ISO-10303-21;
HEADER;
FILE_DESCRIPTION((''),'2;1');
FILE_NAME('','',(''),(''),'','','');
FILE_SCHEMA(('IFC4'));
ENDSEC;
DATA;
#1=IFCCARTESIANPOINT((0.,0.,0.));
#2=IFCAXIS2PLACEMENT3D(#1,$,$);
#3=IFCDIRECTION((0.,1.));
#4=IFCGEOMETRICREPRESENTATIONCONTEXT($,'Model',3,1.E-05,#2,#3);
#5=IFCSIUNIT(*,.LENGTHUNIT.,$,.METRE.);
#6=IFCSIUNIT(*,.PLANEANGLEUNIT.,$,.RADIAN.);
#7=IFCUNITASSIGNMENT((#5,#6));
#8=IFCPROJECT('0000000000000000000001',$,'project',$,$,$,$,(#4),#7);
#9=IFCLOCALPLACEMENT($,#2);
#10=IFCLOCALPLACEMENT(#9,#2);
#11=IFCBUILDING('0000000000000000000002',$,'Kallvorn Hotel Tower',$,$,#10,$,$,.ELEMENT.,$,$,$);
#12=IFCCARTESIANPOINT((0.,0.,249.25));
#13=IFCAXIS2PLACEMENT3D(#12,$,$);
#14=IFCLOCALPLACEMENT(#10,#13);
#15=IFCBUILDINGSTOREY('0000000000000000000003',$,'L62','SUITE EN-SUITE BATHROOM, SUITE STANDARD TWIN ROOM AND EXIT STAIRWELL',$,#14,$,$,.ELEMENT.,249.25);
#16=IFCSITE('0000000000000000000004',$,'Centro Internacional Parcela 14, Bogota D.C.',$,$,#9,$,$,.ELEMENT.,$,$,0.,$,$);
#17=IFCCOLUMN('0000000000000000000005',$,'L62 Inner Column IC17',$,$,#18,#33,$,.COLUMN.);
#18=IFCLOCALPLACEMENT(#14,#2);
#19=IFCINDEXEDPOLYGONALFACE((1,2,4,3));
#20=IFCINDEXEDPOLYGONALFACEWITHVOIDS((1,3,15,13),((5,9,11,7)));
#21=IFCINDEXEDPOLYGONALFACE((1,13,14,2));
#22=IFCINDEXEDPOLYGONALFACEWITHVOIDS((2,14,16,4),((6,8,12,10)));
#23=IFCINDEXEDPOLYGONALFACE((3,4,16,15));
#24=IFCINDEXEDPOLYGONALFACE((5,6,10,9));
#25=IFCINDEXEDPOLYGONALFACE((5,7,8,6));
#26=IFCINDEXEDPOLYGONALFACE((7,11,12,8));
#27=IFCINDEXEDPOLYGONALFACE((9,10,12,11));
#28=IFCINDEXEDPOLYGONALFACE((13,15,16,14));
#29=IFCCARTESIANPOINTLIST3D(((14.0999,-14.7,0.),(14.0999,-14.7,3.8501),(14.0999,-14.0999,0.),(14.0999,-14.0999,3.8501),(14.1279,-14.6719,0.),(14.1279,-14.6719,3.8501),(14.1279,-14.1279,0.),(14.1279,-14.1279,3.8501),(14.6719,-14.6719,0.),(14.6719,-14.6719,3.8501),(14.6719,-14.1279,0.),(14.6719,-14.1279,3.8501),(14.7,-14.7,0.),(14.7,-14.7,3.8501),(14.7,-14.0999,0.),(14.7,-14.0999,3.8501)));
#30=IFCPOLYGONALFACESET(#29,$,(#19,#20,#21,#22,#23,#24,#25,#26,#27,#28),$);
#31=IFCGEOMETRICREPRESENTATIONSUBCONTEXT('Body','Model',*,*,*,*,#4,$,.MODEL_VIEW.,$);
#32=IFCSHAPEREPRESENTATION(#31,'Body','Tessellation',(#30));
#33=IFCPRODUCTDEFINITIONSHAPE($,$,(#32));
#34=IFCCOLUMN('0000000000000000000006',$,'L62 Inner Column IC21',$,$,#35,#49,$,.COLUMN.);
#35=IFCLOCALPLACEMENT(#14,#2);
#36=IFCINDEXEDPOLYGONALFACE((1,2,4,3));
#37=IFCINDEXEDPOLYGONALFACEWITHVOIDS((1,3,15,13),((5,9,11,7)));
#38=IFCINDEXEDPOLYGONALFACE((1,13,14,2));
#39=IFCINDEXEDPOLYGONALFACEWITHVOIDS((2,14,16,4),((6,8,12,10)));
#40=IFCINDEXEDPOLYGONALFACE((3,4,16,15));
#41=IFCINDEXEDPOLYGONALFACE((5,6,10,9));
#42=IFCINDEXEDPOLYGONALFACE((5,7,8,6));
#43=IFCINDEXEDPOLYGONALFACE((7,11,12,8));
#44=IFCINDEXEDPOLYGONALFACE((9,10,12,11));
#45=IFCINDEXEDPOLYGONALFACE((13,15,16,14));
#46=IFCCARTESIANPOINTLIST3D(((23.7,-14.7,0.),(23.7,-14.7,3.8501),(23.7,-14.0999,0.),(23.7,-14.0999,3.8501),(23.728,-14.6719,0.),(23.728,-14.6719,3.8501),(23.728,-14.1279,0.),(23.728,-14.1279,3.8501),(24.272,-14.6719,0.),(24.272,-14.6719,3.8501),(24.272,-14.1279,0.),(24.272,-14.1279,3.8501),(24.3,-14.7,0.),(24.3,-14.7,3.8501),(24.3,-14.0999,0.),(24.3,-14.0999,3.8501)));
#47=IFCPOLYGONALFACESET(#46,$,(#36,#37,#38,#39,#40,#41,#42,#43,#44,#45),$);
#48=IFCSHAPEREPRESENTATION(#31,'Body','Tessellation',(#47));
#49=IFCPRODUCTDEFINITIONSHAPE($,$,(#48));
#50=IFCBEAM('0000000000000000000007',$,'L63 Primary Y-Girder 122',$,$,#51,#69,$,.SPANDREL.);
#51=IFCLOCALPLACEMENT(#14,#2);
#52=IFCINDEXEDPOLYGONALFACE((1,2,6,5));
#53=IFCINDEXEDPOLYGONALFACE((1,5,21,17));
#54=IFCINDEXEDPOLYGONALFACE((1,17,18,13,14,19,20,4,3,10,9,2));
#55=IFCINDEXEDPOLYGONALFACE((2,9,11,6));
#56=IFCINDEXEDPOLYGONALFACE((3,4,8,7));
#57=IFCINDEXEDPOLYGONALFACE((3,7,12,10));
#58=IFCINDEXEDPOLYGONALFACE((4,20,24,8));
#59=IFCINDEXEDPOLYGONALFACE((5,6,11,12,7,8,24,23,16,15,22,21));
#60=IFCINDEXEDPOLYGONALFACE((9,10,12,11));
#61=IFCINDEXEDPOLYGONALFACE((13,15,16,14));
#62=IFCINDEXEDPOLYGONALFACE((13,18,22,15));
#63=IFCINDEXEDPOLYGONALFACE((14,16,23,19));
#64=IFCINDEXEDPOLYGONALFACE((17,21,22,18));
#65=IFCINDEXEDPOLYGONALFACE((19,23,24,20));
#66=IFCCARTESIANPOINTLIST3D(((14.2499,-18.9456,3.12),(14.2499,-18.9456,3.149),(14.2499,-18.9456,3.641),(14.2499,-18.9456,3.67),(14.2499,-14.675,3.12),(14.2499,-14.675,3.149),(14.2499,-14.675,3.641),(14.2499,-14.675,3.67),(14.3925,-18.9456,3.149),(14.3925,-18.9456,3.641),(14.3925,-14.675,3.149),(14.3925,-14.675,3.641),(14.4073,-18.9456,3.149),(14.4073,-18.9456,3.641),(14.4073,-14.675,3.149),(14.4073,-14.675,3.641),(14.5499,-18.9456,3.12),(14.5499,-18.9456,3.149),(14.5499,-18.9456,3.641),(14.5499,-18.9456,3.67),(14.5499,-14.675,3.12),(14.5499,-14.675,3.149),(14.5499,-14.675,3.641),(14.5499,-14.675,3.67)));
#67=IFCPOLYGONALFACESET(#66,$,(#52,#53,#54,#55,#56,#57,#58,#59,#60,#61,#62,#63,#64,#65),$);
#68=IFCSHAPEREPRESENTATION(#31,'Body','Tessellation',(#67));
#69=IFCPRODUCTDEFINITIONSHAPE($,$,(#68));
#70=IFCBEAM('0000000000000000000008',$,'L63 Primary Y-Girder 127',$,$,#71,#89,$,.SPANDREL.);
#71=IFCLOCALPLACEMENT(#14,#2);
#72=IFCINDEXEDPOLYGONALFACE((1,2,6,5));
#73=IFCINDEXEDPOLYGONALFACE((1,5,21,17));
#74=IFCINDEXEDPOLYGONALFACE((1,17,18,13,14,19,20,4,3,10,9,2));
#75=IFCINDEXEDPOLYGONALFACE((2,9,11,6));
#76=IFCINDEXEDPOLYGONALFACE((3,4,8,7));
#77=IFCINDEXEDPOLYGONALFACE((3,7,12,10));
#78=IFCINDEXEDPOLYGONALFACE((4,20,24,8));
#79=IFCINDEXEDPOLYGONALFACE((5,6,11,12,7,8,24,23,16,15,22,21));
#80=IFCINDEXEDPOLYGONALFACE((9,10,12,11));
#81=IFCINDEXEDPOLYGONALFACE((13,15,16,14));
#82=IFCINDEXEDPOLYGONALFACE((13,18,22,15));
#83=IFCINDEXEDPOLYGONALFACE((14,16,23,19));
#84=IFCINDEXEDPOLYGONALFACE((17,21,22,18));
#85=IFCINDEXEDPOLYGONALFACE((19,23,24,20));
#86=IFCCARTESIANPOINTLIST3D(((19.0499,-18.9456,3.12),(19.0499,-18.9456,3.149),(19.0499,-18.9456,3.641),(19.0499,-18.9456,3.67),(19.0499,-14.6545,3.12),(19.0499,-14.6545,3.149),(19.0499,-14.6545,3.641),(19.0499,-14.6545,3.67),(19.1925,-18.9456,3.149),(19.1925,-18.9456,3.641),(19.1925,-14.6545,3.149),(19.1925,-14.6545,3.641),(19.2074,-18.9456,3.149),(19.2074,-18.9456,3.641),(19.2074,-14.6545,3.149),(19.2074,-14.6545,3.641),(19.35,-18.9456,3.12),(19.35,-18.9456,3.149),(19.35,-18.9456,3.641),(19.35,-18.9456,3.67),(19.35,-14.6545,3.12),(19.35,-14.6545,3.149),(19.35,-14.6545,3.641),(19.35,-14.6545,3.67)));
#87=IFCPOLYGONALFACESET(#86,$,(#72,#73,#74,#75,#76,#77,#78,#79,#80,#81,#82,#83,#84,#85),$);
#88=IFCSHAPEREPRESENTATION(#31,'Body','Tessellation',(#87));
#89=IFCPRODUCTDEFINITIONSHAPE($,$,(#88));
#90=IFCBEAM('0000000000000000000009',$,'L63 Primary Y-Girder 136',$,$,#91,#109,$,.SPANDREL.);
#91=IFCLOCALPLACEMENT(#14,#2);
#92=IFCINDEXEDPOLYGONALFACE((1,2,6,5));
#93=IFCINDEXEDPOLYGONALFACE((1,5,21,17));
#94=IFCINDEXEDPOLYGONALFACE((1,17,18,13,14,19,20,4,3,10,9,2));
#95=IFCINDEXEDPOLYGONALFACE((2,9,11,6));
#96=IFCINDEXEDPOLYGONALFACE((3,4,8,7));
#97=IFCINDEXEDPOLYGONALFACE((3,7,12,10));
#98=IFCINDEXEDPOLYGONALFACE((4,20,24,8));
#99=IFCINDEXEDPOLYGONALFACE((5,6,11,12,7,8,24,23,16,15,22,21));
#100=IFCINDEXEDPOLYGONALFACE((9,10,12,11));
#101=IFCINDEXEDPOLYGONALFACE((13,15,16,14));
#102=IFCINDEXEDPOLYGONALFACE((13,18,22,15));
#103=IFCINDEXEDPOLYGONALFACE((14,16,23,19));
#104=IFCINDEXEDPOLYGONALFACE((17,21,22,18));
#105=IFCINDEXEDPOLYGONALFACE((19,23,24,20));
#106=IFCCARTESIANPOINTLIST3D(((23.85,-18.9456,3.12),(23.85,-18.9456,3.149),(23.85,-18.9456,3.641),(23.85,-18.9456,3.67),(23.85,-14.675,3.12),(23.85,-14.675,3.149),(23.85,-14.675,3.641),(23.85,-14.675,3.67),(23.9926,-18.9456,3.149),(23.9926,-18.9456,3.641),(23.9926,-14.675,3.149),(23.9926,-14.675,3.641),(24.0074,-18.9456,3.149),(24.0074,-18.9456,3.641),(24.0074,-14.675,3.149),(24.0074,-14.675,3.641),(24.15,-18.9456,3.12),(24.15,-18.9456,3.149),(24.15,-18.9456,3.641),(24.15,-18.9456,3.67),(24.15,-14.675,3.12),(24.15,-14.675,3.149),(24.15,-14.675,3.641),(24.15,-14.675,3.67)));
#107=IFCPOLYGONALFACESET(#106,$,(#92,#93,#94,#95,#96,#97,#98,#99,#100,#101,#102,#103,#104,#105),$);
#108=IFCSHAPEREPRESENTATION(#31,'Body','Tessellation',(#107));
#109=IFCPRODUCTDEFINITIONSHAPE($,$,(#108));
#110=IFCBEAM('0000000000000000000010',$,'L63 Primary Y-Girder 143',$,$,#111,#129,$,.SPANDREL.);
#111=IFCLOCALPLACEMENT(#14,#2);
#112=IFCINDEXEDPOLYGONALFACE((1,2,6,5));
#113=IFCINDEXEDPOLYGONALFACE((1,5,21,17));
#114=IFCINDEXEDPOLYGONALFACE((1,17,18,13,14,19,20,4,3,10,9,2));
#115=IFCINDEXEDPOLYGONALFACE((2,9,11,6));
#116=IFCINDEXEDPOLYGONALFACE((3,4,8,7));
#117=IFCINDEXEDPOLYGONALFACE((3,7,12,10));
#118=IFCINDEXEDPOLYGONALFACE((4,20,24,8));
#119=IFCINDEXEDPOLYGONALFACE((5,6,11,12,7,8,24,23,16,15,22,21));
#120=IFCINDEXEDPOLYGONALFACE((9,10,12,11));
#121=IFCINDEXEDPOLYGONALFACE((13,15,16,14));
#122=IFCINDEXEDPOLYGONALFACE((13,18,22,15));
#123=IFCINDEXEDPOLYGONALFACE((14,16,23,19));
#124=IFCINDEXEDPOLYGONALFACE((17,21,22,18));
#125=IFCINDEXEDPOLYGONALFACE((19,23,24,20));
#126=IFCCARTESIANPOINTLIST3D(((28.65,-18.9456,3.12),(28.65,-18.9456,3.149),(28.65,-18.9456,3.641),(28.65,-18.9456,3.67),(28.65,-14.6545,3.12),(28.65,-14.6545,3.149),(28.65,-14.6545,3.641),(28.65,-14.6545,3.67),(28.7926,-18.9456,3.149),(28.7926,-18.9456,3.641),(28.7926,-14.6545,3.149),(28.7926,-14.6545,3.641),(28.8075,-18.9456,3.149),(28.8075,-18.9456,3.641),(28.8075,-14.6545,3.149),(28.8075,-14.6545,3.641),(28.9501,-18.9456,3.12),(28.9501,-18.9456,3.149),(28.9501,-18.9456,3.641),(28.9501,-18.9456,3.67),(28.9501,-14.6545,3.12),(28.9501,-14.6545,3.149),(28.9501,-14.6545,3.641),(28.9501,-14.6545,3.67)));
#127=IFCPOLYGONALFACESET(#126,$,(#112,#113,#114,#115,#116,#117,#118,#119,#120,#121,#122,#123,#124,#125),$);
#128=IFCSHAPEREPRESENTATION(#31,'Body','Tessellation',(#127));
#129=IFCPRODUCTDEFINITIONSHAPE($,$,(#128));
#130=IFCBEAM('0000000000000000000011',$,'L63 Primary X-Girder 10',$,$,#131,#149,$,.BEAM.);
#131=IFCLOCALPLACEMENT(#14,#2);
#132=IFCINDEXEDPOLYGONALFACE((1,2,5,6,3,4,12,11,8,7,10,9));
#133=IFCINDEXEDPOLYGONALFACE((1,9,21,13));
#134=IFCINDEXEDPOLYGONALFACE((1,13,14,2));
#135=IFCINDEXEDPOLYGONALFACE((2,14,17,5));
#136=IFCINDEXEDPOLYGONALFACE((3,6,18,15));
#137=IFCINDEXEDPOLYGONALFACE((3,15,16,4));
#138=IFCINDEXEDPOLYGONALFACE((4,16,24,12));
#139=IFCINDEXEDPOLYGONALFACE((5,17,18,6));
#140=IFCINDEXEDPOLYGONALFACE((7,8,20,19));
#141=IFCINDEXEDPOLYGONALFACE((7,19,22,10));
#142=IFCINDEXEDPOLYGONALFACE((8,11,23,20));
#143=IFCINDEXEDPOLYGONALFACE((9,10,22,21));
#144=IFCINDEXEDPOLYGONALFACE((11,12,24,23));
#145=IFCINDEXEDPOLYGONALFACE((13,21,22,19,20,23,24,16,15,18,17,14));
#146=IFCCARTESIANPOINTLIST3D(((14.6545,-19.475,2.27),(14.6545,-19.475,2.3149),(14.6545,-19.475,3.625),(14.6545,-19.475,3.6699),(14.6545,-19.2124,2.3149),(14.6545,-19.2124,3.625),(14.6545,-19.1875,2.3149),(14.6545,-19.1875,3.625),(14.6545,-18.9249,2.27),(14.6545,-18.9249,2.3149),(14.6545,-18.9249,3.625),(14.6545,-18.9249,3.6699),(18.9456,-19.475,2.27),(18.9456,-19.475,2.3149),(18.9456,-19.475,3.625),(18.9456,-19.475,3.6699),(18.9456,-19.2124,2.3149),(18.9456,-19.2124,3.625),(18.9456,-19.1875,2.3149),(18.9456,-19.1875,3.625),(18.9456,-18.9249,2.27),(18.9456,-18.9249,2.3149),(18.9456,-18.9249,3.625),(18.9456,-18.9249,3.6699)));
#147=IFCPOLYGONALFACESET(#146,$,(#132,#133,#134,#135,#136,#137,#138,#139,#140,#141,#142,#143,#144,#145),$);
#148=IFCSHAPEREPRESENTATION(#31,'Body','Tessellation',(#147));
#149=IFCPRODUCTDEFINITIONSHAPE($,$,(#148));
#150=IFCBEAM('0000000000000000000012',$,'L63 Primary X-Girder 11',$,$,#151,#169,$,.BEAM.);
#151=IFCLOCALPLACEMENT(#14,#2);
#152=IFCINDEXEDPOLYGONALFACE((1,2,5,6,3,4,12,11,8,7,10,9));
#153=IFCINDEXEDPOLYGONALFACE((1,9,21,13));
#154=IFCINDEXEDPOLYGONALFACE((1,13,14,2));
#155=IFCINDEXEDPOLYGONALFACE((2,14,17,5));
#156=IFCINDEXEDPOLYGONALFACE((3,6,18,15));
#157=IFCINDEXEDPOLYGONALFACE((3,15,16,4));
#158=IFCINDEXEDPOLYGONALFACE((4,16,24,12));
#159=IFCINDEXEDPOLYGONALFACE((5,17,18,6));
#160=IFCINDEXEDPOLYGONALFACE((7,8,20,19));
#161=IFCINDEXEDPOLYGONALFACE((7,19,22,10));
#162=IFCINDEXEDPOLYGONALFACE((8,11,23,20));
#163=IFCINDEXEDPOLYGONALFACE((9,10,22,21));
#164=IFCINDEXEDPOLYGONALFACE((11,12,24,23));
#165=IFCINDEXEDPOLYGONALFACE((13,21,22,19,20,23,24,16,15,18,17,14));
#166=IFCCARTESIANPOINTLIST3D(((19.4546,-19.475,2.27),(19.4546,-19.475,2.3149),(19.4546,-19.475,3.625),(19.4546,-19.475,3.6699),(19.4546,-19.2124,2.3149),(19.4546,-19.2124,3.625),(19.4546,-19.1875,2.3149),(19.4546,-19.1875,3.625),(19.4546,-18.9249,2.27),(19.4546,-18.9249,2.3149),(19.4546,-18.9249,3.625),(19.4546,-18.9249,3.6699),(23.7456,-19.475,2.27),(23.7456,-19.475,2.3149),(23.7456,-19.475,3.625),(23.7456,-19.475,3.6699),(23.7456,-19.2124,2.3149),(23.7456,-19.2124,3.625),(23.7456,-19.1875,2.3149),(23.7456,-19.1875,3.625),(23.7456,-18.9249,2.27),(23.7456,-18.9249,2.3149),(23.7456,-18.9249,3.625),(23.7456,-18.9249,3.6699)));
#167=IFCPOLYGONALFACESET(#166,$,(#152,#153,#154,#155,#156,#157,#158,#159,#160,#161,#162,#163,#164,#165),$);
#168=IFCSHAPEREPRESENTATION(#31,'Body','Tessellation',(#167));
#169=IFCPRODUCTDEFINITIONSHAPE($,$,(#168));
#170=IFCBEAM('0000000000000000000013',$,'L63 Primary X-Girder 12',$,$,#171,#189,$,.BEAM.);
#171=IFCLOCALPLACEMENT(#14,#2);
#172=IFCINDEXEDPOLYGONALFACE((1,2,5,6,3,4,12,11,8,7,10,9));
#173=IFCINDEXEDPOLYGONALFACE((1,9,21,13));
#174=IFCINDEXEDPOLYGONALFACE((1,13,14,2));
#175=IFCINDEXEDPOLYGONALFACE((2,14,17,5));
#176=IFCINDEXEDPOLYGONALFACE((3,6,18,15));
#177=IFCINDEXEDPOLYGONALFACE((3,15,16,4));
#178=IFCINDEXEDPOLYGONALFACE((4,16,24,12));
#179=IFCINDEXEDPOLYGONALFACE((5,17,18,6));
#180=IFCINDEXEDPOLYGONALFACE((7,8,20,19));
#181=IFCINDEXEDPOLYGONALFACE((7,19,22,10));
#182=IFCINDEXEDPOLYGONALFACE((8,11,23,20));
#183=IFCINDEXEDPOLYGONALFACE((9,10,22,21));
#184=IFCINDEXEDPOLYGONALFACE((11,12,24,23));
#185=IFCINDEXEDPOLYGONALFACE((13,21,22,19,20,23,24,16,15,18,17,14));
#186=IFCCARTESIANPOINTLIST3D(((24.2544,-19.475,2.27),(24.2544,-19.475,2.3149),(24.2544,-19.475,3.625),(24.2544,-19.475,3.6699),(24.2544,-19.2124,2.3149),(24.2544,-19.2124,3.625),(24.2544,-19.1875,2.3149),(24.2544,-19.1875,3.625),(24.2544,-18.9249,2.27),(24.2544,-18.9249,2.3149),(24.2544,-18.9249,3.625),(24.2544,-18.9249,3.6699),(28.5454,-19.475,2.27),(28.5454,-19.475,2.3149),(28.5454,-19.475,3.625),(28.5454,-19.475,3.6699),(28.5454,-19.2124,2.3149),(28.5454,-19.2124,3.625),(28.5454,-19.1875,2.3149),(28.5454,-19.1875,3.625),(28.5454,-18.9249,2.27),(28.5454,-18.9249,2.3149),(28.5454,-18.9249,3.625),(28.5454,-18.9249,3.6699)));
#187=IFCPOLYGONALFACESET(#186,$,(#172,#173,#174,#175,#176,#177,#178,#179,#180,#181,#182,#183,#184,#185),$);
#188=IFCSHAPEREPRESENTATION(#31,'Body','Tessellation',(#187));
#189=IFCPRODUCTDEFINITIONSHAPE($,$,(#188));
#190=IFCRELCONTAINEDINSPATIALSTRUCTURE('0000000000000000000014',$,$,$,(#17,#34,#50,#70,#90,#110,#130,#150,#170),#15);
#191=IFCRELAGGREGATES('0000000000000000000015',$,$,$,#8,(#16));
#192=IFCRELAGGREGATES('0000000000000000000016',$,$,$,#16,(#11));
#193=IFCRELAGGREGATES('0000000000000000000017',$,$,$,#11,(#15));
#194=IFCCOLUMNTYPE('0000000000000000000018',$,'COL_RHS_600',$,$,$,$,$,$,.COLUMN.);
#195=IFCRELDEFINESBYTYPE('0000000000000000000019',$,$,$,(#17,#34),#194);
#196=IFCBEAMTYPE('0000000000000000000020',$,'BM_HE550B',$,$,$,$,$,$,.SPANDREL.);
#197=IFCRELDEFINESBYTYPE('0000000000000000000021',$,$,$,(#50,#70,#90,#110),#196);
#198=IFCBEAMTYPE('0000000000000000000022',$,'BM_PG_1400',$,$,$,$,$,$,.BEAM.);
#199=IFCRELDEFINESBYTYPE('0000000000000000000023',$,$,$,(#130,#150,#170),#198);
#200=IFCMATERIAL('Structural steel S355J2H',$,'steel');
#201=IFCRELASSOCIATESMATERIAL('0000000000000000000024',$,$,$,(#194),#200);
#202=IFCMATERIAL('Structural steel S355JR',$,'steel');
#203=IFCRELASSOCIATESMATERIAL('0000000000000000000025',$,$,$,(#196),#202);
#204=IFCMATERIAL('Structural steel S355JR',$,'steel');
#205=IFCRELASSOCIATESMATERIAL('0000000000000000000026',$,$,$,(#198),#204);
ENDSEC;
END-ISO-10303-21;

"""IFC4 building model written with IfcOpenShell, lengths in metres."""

from ifc_helpers import new_model, si_unit, direction, frame, origin, origin_2d, place, context, subcontext, project, spatial, hollow_rectangle, i_section, extrude, material, material_profile, profile_set, type_object, element, save


model = new_model("IFC4")

# Units and contexts
model_context = context("Model", 3, precision=1e-05, world=origin(), true_north=direction((0.0, 1.0)))
body_context = subcontext(model_context, "Body", "Model", "MODEL_VIEW")
ifc_project = project(units=[si_unit("LENGTHUNIT", "METRE"), si_unit("PLANEANGLEUNIT", "RADIAN")], contexts=[model_context])

# Site, building, storey
site_placement = place(None, origin())
site = spatial("IfcSite", under=ifc_project, at=site_placement, Name="Centro Internacional Parcela 14, Bogota D.C.", CompositionType="ELEMENT", RefElevation=0.0)
building_placement = place(site_placement, origin())
building = spatial("IfcBuilding", under=site, at=building_placement, Name="Kallvorn Hotel Tower", CompositionType="ELEMENT")
storey_placement = place(building_placement, frame((0.0, 0.0, 249.25)))
storey = spatial("IfcBuildingStorey", under=building, at=storey_placement, Name="L62", Description="SUITE EN-SUITE BATHROOM, SUITE STANDARD TWIN ROOM AND EXIT STAIRWELL", CompositionType="ELEMENT", Elevation=249.25)

# Columns
ifc_material_1 = material(Name="Structural steel S355J2H", Category="steel")
ifc_material_profile_1 = material_profile(ifc_material_1, hollow_rectangle(XDim=0.6001, YDim=0.6001, WallThickness=0.0281, at=origin_2d()), Name="RHS 600x600x28")
ifc_profile_set_1 = profile_set([ifc_material_profile_1], Name="Structural steel S355J2H")
column_type_1 = type_object("IfcColumnType", Name="COL_RHS_600", PredefinedType="COLUMN", material=ifc_profile_set_1)
for number, where, z_axis, x_axis, name in (
    (1, (14.3999, -14.3999, 0.0), (0.0, 0.0, 1.0), (1.0, 0.0, 0.0), "L62 Inner Column IC17"),
    (2, (24.0, -14.3999, 0.0), (0.0, 0.0, 1.0), (1.0, 0.0, 0.0), "L62 Inner Column IC21"),
):
    element("IfcColumn", number, at=place(storey_placement, frame(where, z_axis=z_axis, x_axis=x_axis)), inside=storey, type_object=column_type_1, Name=name, PredefinedType="COLUMN", context=body_context, shape_type="SweptSolid", body=[
        extrude(hollow_rectangle(XDim=0.6001, YDim=0.6001, WallThickness=0.0281, at=origin_2d()), origin(), (0.0, 0.0, 1.0), 3.8501),
    ])

# Beams
ifc_material_2 = material(Name="Structural steel S355JR", Category="steel")
ifc_material_profile_2 = material_profile(ifc_material_2, i_section(OverallWidth=0.3, OverallDepth=0.55, WebThickness=0.0149, FlangeThickness=0.0291, at=origin_2d()), Name="HE 550 B")
ifc_profile_set_2 = profile_set([ifc_material_profile_2], Name="Structural steel S355JR")
beam_type_1 = type_object("IfcBeamType", Name="BM_HE550B", PredefinedType="SPANDREL", material=ifc_profile_set_2)
beam_1_placement = place(storey_placement, frame((14.3999, -18.9456, 3.395), z_axis=(0.0, 1.0, 0.0), x_axis=(-1.0, 0.0, 0.0)))
element("IfcBeam", 3, at=beam_1_placement, inside=storey, type_object=beam_type_1, Name="L63 Primary Y-Girder 122", PredefinedType="SPANDREL", context=body_context, shape_type="SweptSolid", body=[
    extrude(i_section(OverallWidth=0.3, OverallDepth=0.55, WebThickness=0.0149, FlangeThickness=0.0291, at=origin_2d()), origin(), (0.0, 0.0, 1.0), 4.2705),
])
beam_2_placement = place(storey_placement, frame((19.2, -18.9456, 3.395), z_axis=(0.0, 1.0, 0.0), x_axis=(-1.0, 0.0, 0.0)))
element("IfcBeam", 4, at=beam_2_placement, inside=storey, type_object=beam_type_1, Name="L63 Primary Y-Girder 127", PredefinedType="SPANDREL", context=body_context, shape_type="SweptSolid", body=[
    extrude(i_section(OverallWidth=0.3, OverallDepth=0.55, WebThickness=0.0149, FlangeThickness=0.0291, at=origin_2d()), origin(), (0.0, 0.0, 1.0), 4.291),
])
beam_3_placement = place(storey_placement, frame((24.0, -18.9456, 3.395), z_axis=(0.0, 1.0, 0.0), x_axis=(-1.0, 0.0, 0.0)))
element("IfcBeam", 5, at=beam_3_placement, inside=storey, type_object=beam_type_1, Name="L63 Primary Y-Girder 136", PredefinedType="SPANDREL", context=body_context, shape_type="SweptSolid", body=[
    extrude(i_section(OverallWidth=0.3, OverallDepth=0.55, WebThickness=0.0149, FlangeThickness=0.0291, at=origin_2d()), origin(), (0.0, 0.0, 1.0), 4.2705),
])
beam_4_placement = place(storey_placement, frame((28.8, -18.9456, 3.395), z_axis=(0.0, 1.0, 0.0), x_axis=(-1.0, 0.0, 0.0)))
element("IfcBeam", 6, at=beam_4_placement, inside=storey, type_object=beam_type_1, Name="L63 Primary Y-Girder 143", PredefinedType="SPANDREL", context=body_context, shape_type="SweptSolid", body=[
    extrude(i_section(OverallWidth=0.3, OverallDepth=0.55, WebThickness=0.0149, FlangeThickness=0.0291, at=origin_2d()), origin(), (0.0, 0.0, 1.0), 4.291),
])
ifc_material_3 = material(Name="Structural steel S355JR", Category="steel")
ifc_material_profile_3 = material_profile(ifc_material_3, i_section(OverallWidth=0.55, OverallDepth=1.3999, WebThickness=0.0249, FlangeThickness=0.0449, at=origin_2d()), Name="PG 1400x550x25x45")
ifc_profile_set_3 = profile_set([ifc_material_profile_3], Name="Structural steel S355JR")
beam_type_2 = type_object("IfcBeamType", Name="BM_PG_1400", PredefinedType="BEAM", material=ifc_profile_set_3)
for number, where, z_axis, x_axis, name in (
    (7, (14.6545, -19.2, 2.97), (1.0, 0.0, 0.0), (0.0, 1.0, 0.0), "L63 Primary X-Girder 10"),
    (8, (19.4546, -19.2, 2.97), (1.0, 0.0, 0.0), (0.0, 1.0, 0.0), "L63 Primary X-Girder 11"),
    (9, (24.2544, -19.2, 2.97), (1.0, 0.0, 0.0), (0.0, 1.0, 0.0), "L63 Primary X-Girder 12"),
):
    element("IfcBeam", number, at=place(storey_placement, frame(where, z_axis=z_axis, x_axis=x_axis)), inside=storey, type_object=beam_type_2, Name=name, PredefinedType="BEAM", context=body_context, shape_type="SweptSolid", body=[
        extrude(i_section(OverallWidth=0.55, OverallDepth=1.3999, WebThickness=0.0249, FlangeThickness=0.0449, at=origin_2d()), origin(), (0.0, 0.0, 1.0), 4.291),
    ])

save(model, "model.ifc")
